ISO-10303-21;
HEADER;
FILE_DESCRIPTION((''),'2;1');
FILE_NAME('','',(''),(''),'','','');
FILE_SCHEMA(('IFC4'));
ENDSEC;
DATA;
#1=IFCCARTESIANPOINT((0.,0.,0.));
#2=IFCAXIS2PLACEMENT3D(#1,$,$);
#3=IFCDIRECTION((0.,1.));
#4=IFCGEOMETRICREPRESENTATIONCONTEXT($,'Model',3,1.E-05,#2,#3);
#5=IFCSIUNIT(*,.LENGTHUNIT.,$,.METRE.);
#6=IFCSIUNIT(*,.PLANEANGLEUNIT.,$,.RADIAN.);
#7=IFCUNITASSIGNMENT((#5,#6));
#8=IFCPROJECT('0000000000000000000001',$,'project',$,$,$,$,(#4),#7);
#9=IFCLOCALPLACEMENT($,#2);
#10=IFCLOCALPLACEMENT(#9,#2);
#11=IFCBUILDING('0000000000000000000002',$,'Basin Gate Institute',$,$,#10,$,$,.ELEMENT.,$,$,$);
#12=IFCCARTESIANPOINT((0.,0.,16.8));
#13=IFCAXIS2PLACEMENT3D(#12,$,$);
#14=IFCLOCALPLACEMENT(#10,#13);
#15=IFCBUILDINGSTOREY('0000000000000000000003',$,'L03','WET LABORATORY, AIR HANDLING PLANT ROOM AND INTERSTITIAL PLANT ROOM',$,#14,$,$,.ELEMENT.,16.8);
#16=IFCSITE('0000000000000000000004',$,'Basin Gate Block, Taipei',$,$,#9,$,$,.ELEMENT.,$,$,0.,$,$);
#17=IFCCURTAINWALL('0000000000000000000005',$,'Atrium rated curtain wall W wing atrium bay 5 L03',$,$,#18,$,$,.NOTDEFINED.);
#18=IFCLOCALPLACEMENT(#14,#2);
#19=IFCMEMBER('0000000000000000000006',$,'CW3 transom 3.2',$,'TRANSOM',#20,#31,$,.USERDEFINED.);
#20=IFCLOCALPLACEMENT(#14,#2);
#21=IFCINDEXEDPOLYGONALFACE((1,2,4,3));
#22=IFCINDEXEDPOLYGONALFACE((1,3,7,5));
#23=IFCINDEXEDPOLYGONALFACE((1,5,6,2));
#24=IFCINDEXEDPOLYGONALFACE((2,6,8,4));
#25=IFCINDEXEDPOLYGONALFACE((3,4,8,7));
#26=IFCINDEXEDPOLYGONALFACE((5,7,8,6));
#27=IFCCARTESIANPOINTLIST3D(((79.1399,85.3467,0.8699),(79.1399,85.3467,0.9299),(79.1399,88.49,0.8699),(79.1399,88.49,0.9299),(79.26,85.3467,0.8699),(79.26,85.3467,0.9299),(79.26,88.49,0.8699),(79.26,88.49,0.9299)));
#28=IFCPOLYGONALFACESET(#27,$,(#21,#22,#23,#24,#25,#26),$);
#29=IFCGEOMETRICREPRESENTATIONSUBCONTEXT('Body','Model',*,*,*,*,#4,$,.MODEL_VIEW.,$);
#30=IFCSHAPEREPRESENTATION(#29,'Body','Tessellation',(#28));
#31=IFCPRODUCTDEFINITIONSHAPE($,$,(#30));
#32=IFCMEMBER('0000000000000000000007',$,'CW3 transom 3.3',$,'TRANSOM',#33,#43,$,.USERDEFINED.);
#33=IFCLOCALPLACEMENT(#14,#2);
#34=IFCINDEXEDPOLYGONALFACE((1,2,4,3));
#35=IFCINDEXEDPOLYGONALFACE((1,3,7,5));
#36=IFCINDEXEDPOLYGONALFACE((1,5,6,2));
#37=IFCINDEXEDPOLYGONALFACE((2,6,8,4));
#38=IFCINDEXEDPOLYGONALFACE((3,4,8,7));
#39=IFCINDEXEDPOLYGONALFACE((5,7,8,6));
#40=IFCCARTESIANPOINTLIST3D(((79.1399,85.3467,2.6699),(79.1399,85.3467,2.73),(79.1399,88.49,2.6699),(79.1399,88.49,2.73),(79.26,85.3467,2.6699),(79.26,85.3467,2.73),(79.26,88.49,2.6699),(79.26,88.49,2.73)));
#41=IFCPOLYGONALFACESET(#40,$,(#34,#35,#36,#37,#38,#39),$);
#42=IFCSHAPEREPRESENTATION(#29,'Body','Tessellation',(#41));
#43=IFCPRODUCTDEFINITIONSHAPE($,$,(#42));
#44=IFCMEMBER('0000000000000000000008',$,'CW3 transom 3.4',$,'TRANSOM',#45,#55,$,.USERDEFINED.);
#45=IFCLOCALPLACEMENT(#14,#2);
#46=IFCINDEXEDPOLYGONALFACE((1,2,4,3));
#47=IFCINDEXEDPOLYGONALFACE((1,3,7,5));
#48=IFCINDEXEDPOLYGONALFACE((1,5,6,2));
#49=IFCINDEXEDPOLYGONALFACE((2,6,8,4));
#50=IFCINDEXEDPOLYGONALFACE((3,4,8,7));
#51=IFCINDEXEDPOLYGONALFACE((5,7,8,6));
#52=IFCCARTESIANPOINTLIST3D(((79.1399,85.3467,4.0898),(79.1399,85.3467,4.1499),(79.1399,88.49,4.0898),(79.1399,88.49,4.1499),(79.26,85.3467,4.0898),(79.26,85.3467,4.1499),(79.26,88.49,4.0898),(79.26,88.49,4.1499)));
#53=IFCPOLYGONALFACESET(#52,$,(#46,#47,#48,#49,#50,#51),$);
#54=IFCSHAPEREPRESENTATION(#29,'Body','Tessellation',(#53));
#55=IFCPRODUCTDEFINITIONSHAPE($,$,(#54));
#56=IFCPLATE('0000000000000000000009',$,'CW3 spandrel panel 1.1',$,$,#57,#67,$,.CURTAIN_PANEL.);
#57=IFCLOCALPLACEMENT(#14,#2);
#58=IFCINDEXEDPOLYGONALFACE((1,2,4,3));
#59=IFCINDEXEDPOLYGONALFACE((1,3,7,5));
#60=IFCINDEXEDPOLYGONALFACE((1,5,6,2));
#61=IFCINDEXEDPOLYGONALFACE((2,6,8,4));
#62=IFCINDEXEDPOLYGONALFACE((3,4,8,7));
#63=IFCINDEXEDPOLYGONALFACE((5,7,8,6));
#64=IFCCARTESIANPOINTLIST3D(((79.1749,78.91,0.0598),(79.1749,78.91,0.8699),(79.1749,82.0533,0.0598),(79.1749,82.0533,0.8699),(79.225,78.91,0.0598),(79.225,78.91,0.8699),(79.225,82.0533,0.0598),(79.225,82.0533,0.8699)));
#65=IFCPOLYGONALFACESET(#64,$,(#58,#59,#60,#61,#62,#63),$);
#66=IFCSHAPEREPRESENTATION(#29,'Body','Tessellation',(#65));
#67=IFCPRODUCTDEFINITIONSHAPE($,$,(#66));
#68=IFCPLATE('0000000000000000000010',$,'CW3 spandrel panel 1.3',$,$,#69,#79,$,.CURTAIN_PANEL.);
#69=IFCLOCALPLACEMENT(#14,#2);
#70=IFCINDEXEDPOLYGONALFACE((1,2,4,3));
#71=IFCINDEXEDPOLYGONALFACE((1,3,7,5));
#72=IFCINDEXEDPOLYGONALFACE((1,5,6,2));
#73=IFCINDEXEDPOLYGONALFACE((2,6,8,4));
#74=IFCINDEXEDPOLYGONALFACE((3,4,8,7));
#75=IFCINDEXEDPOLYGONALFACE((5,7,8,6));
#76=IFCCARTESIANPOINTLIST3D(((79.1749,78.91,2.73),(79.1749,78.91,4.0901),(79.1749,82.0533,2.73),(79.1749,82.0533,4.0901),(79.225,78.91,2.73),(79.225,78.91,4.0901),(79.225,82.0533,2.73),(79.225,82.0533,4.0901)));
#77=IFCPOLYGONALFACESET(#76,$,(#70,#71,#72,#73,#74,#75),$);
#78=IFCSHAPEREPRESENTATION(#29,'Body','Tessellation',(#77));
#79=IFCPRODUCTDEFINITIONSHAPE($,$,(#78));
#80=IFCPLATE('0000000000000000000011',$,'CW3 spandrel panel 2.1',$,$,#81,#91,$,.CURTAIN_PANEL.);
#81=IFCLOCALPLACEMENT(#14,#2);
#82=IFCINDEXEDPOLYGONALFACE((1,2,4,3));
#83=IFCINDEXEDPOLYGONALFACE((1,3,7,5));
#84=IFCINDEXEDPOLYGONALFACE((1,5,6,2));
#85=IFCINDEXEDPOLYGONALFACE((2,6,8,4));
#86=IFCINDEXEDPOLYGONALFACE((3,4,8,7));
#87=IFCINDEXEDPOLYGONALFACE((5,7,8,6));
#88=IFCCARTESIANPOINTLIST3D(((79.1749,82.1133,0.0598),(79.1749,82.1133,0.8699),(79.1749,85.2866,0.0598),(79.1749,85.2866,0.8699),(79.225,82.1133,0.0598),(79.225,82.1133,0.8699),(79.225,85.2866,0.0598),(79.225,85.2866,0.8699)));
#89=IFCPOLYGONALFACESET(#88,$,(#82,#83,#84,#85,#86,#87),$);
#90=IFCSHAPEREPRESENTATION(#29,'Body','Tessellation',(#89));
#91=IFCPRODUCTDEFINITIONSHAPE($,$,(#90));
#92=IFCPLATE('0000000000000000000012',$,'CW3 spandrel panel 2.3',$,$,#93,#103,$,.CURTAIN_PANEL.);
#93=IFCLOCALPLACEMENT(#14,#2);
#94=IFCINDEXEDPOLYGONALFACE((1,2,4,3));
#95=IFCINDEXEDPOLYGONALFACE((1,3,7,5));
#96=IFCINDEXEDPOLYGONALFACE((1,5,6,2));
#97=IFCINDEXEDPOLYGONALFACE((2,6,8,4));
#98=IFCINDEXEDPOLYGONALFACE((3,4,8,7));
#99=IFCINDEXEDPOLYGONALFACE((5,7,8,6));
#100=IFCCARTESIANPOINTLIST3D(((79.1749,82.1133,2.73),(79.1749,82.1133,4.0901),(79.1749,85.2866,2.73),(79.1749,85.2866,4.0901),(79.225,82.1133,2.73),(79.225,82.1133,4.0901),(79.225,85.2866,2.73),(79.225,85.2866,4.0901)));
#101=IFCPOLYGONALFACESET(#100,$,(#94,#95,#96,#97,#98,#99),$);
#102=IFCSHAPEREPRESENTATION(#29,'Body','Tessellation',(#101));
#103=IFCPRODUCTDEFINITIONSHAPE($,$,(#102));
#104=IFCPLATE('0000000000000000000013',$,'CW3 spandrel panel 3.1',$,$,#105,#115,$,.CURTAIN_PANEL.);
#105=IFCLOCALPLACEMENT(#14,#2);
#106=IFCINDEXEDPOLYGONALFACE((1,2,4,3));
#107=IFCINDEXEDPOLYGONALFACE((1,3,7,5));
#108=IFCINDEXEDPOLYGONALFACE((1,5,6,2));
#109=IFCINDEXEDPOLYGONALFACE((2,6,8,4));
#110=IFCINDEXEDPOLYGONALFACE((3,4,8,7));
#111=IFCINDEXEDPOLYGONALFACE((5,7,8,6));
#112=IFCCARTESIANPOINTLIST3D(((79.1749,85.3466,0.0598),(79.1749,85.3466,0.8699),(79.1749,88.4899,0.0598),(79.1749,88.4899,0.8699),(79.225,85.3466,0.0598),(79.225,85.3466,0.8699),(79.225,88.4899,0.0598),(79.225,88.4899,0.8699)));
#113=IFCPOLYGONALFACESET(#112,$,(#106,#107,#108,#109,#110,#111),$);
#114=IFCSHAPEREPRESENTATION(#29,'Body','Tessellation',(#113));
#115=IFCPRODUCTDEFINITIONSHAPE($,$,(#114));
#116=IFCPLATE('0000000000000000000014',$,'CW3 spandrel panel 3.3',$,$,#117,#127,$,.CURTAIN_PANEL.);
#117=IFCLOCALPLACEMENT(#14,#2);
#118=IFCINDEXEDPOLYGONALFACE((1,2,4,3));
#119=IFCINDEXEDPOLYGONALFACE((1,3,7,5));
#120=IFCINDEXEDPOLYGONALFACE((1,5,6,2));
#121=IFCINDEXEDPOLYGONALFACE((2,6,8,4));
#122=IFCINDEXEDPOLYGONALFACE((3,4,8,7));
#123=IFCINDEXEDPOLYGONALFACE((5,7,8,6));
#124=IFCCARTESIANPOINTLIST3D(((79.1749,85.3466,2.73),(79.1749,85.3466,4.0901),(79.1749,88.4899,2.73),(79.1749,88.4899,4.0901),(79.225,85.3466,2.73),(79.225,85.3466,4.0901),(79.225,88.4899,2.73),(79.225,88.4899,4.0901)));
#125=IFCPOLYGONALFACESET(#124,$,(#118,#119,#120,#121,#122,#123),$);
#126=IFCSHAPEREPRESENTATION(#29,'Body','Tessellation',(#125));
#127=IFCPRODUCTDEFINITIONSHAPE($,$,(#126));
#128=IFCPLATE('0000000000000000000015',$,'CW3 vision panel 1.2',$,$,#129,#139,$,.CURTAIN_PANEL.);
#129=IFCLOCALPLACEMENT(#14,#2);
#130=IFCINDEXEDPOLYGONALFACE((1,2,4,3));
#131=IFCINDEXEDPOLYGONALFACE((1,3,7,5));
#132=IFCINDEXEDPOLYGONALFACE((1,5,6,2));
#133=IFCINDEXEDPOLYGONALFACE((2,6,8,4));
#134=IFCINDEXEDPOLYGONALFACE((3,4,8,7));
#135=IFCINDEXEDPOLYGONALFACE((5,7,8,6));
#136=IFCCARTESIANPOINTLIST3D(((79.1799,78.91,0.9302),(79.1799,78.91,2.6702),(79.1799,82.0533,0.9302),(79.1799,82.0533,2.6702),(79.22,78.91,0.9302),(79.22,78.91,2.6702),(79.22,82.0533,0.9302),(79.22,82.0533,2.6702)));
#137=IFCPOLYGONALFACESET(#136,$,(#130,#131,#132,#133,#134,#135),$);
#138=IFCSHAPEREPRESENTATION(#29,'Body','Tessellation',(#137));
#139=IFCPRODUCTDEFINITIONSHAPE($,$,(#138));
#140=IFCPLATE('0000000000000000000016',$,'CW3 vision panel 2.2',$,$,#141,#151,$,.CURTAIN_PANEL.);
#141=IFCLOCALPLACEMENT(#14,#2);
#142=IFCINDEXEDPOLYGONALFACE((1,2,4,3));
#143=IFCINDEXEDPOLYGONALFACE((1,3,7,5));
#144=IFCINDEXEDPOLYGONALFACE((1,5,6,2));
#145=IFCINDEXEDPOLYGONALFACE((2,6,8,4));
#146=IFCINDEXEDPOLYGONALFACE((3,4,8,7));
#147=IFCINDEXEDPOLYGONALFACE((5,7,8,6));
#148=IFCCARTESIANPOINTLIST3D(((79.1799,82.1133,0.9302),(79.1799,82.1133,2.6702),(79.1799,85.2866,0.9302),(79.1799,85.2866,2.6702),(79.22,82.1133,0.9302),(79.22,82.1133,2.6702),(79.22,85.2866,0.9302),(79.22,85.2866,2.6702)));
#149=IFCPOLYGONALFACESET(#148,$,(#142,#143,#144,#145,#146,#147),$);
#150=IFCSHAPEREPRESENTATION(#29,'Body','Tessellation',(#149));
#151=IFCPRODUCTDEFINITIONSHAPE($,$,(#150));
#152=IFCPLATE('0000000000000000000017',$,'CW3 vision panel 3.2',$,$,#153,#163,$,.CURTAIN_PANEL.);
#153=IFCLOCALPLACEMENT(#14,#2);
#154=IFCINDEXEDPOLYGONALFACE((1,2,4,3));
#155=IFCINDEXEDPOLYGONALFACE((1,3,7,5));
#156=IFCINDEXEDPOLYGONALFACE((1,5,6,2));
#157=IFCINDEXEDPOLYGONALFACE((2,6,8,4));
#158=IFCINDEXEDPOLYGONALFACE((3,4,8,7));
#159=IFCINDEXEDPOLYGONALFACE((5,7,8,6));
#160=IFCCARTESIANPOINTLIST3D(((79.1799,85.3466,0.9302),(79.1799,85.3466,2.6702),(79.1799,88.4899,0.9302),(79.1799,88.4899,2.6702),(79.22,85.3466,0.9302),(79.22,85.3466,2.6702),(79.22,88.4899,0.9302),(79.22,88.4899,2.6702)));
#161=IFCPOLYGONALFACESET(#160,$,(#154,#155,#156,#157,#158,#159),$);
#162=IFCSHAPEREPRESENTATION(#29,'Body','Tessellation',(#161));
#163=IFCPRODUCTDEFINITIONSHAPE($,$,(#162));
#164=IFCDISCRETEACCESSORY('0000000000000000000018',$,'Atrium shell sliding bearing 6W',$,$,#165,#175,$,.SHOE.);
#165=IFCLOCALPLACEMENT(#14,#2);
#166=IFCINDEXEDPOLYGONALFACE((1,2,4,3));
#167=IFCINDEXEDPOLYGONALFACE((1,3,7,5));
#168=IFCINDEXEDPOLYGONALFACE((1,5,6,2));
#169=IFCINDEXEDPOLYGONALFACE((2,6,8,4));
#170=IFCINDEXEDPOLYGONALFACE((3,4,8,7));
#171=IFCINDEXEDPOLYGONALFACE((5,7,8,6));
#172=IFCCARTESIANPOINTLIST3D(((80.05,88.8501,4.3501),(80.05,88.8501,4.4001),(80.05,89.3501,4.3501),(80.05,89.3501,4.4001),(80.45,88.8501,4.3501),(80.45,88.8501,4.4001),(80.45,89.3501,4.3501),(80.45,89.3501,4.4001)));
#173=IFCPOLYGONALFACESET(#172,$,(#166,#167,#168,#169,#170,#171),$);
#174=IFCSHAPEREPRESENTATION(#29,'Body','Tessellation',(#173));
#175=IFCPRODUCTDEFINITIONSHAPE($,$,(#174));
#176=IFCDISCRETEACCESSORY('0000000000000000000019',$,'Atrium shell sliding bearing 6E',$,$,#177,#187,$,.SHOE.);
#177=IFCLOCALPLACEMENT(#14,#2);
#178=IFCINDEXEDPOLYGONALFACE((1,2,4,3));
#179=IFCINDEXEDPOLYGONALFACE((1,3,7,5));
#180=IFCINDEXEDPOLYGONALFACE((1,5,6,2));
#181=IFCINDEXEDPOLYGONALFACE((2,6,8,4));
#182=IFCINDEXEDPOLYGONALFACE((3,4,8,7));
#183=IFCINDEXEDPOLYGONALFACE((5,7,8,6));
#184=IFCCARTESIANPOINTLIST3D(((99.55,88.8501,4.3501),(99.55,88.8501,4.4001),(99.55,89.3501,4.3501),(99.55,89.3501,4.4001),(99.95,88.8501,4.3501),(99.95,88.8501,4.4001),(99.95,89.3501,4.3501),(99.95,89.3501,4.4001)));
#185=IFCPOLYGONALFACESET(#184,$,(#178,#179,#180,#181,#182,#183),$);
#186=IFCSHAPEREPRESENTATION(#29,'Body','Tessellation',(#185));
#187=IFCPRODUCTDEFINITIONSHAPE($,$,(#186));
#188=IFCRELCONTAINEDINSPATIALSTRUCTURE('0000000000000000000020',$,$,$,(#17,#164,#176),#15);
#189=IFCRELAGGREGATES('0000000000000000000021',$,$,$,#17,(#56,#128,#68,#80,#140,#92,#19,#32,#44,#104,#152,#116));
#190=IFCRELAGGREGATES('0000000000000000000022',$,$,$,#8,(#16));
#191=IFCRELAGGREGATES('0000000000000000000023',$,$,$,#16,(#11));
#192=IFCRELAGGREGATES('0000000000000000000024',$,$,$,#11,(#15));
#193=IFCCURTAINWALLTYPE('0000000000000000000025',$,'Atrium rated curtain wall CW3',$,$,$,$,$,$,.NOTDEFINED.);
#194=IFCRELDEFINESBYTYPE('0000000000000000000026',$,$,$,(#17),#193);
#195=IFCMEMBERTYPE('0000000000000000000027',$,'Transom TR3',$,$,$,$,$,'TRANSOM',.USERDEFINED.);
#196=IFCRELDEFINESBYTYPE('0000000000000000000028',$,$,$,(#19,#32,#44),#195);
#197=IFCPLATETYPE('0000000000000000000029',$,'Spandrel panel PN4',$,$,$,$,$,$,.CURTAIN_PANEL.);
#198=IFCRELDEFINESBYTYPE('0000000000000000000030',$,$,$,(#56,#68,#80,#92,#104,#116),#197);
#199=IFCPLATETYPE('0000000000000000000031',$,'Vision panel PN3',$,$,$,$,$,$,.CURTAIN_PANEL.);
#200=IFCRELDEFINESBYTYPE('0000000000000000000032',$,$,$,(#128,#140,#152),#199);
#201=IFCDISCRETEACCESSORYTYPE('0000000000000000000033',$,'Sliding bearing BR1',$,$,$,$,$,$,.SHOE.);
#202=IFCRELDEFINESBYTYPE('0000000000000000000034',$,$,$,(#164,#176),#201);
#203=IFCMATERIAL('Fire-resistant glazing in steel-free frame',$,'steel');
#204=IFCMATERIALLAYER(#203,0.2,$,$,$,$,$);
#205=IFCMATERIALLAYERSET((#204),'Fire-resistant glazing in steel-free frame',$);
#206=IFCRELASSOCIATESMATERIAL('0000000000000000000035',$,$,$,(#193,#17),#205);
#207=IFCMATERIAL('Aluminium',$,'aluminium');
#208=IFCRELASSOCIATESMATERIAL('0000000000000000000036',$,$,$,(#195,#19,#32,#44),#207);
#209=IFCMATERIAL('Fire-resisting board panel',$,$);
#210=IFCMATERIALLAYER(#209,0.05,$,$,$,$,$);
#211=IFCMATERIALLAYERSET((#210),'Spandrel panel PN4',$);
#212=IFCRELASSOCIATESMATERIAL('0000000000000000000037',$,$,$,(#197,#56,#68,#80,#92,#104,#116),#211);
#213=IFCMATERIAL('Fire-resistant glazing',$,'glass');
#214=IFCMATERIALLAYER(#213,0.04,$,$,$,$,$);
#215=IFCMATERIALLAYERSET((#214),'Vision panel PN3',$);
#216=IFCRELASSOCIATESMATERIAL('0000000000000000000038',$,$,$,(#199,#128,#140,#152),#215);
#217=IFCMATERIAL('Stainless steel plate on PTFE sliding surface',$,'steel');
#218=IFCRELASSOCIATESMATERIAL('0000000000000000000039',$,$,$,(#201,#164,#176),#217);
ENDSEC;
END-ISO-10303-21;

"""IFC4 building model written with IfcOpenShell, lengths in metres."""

from ifc_helpers import new_model, si_unit, direction, frame, origin, origin_2d, place, context, subcontext, project, spatial, rectangle, extrude, material, layer, layer_set, material_profile, profile_set, type_object, element, aggregate, save


model = new_model("IFC4")

# Units and contexts
model_context = context("Model", 3, precision=1e-05, world=origin(), true_north=direction((0.0, 1.0)))
body_context = subcontext(model_context, "Body", "Model", "MODEL_VIEW")
ifc_project = project(units=[si_unit("LENGTHUNIT", "METRE"), si_unit("PLANEANGLEUNIT", "RADIAN")], contexts=[model_context])

# Site, building, storey
site_placement = place(None, origin())
site = spatial("IfcSite", under=ifc_project, at=site_placement, Name="Basin Gate Block, Taipei", CompositionType="ELEMENT", RefElevation=0.0)
building_placement = place(site_placement, origin())
building = spatial("IfcBuilding", under=site, at=building_placement, Name="Basin Gate Institute", CompositionType="ELEMENT")
storey_placement = place(building_placement, frame((0.0, 0.0, 16.8)))
storey = spatial("IfcBuildingStorey", under=building, at=storey_placement, Name="L03", Description="WET LABORATORY, AIR HANDLING PLANT ROOM AND INTERSTITIAL PLANT ROOM", CompositionType="ELEMENT", Elevation=16.8)

# Curtain wall, members, plates
ifc_material_1 = material(Name="Fire-resistant glazing in steel-free frame", Category="steel")
ifc_layer_1 = layer(ifc_material_1, 0.2)
ifc_layer_set_1 = layer_set([ifc_layer_1], Name="Fire-resistant glazing in steel-free frame")
curtain_wall_type = type_object("IfcCurtainWallType", Name="Atrium rated curtain wall CW3", PredefinedType="NOTDEFINED", material=ifc_layer_set_1)
curtain_wall_placement = place(storey_placement, origin())
curtain_wall = element("IfcCurtainWall", 1, at=curtain_wall_placement, inside=storey, type_object=curtain_wall_type, material=ifc_layer_set_1, Name="Atrium rated curtain wall W wing atrium bay 5 L03", PredefinedType="NOTDEFINED")
ifc_material_2 = material(Name="Aluminium", Category="aluminium")
ifc_material_profile_1 = material_profile(ifc_material_2, rectangle(XDim=0.1201, YDim=0.0601, at=origin_2d()), Name="Transom TR3 120 x 60")
ifc_profile_set_1 = profile_set([ifc_material_profile_1], Name="Aluminium")
member_type_1 = type_object("IfcMemberType", Name="Transom TR3", ElementType="TRANSOM", PredefinedType="USERDEFINED", material=ifc_profile_set_1)
member_1_placement = place(storey_placement, frame((79.2, 85.3467, 0.8999), z_axis=(0.0, 1.0, 0.0), x_axis=(-1.0, 0.0, 0.0)))
member_1 = element("IfcMember", 2, at=member_1_placement, type_object=member_type_1, material=ifc_profile_set_1, Name="CW3 transom 3.2", ObjectType="TRANSOM", PredefinedType="USERDEFINED", context=body_context, shape_type="SweptSolid", body=[
    extrude(rectangle(XDim=0.1201, YDim=0.0601, at=origin_2d()), origin(), (0.0, 0.0, 1.0), 3.1433),
])
member_2_placement = place(storey_placement, frame((79.2, 85.3467, 2.7), z_axis=(0.0, 1.0, 0.0), x_axis=(-1.0, 0.0, 0.0)))
member_2 = element("IfcMember", 3, at=member_2_placement, type_object=member_type_1, material=ifc_profile_set_1, Name="CW3 transom 3.3", ObjectType="TRANSOM", PredefinedType="USERDEFINED", context=body_context, shape_type="SweptSolid", body=[
    extrude(rectangle(XDim=0.1201, YDim=0.0601, at=origin_2d()), origin(), (0.0, 0.0, 1.0), 3.1433),
])
member_3_placement = place(storey_placement, frame((79.2, 85.3467, 4.1199), z_axis=(0.0, 1.0, 0.0), x_axis=(-1.0, 0.0, 0.0)))
member_3 = element("IfcMember", 4, at=member_3_placement, type_object=member_type_1, material=ifc_profile_set_1, Name="CW3 transom 3.4", ObjectType="TRANSOM", PredefinedType="USERDEFINED", context=body_context, shape_type="SweptSolid", body=[
    extrude(rectangle(XDim=0.1201, YDim=0.0601, at=origin_2d()), origin(), (0.0, 0.0, 1.0), 3.1433),
])
ifc_material_3 = material(Name="Fire-resisting board panel")
ifc_layer_2 = layer(ifc_material_3, 0.05)
ifc_layer_set_2 = layer_set([ifc_layer_2], Name="Spandrel panel PN4")
plate_type_1 = type_object("IfcPlateType", Name="Spandrel panel PN4", PredefinedType="CURTAIN_PANEL", material=ifc_layer_set_2)
plate_1_placement = place(storey_placement, frame((79.2, 80.4817, 0.0598), z_axis=(0.0, 0.0, 1.0), x_axis=(0.0, 1.0, 0.0)))
plate_1 = element("IfcPlate", 5, at=plate_1_placement, type_object=plate_type_1, material=ifc_layer_set_2, Name="CW3 spandrel panel 1.1", PredefinedType="CURTAIN_PANEL", context=body_context, shape_type="SweptSolid", body=[
    extrude(rectangle(XDim=3.1433, YDim=0.05, at=origin_2d()), origin(), (0.0, 0.0, 1.0), 0.8101),
])
plate_2_placement = place(storey_placement, frame((79.2, 80.4817, 2.73), z_axis=(0.0, 0.0, 1.0), x_axis=(0.0, 1.0, 0.0)))
plate_2 = element("IfcPlate", 6, at=plate_2_placement, type_object=plate_type_1, material=ifc_layer_set_2, Name="CW3 spandrel panel 1.3", PredefinedType="CURTAIN_PANEL", context=body_context, shape_type="SweptSolid", body=[
    extrude(rectangle(XDim=3.1433, YDim=0.05, at=origin_2d()), origin(), (0.0, 0.0, 1.0), 1.3601),
])
plate_3_placement = place(storey_placement, frame((79.2, 83.7, 0.0598), z_axis=(0.0, 0.0, 1.0), x_axis=(0.0, 1.0, 0.0)))
plate_3 = element("IfcPlate", 7, at=plate_3_placement, type_object=plate_type_1, material=ifc_layer_set_2, Name="CW3 spandrel panel 2.1", PredefinedType="CURTAIN_PANEL", context=body_context, shape_type="SweptSolid", body=[
    extrude(rectangle(XDim=3.1733, YDim=0.05, at=origin_2d()), origin(), (0.0, 0.0, 1.0), 0.8101),
])
plate_4_placement = place(storey_placement, frame((79.2, 83.7, 2.73), z_axis=(0.0, 0.0, 1.0), x_axis=(0.0, 1.0, 0.0)))
plate_4 = element("IfcPlate", 8, at=plate_4_placement, type_object=plate_type_1, material=ifc_layer_set_2, Name="CW3 spandrel panel 2.3", PredefinedType="CURTAIN_PANEL", context=body_context, shape_type="SweptSolid", body=[
    extrude(rectangle(XDim=3.1733, YDim=0.05, at=origin_2d()), origin(), (0.0, 0.0, 1.0), 1.3601),
])
plate_5_placement = place(storey_placement, frame((79.2, 86.9182, 0.0598), z_axis=(0.0, 0.0, 1.0), x_axis=(0.0, 1.0, 0.0)))
plate_5 = element("IfcPlate", 9, at=plate_5_placement, type_object=plate_type_1, material=ifc_layer_set_2, Name="CW3 spandrel panel 3.1", PredefinedType="CURTAIN_PANEL", context=body_context, shape_type="SweptSolid", body=[
    extrude(rectangle(XDim=3.1433, YDim=0.05, at=origin_2d()), origin(), (0.0, 0.0, 1.0), 0.8101),
])
plate_6_placement = place(storey_placement, frame((79.2, 86.9182, 2.73), z_axis=(0.0, 0.0, 1.0), x_axis=(0.0, 1.0, 0.0)))
plate_6 = element("IfcPlate", 10, at=plate_6_placement, type_object=plate_type_1, material=ifc_layer_set_2, Name="CW3 spandrel panel 3.3", PredefinedType="CURTAIN_PANEL", context=body_context, shape_type="SweptSolid", body=[
    extrude(rectangle(XDim=3.1433, YDim=0.05, at=origin_2d()), origin(), (0.0, 0.0, 1.0), 1.3601),
])
ifc_material_4 = material(Name="Fire-resistant glazing", Category="glass")
ifc_layer_3 = layer(ifc_material_4, 0.04)
ifc_layer_set_3 = layer_set([ifc_layer_3], Name="Vision panel PN3")
plate_type_2 = type_object("IfcPlateType", Name="Vision panel PN3", PredefinedType="CURTAIN_PANEL", material=ifc_layer_set_3)
plate_7_placement = place(storey_placement, frame((79.2, 80.4817, 0.9302), z_axis=(0.0, 0.0, 1.0), x_axis=(0.0, 1.0, 0.0)))
plate_7 = element("IfcPlate", 11, at=plate_7_placement, type_object=plate_type_2, material=ifc_layer_set_3, Name="CW3 vision panel 1.2", PredefinedType="CURTAIN_PANEL", context=body_context, shape_type="SweptSolid", body=[
    extrude(rectangle(XDim=3.1433, YDim=0.04, at=origin_2d()), origin(), (0.0, 0.0, 1.0), 1.74),
])
plate_8_placement = place(storey_placement, frame((79.2, 83.7, 0.9302), z_axis=(0.0, 0.0, 1.0), x_axis=(0.0, 1.0, 0.0)))
plate_8 = element("IfcPlate", 12, at=plate_8_placement, type_object=plate_type_2, material=ifc_layer_set_3, Name="CW3 vision panel 2.2", PredefinedType="CURTAIN_PANEL", context=body_context, shape_type="SweptSolid", body=[
    extrude(rectangle(XDim=3.1733, YDim=0.04, at=origin_2d()), origin(), (0.0, 0.0, 1.0), 1.74),
])
plate_9_placement = place(storey_placement, frame((79.2, 86.9182, 0.9302), z_axis=(0.0, 0.0, 1.0), x_axis=(0.0, 1.0, 0.0)))
plate_9 = element("IfcPlate", 13, at=plate_9_placement, type_object=plate_type_2, material=ifc_layer_set_3, Name="CW3 vision panel 3.2", PredefinedType="CURTAIN_PANEL", context=body_context, shape_type="SweptSolid", body=[
    extrude(rectangle(XDim=3.1433, YDim=0.04, at=origin_2d()), origin(), (0.0, 0.0, 1.0), 1.74),
])
aggregate(curtain_wall, [plate_1, plate_7, plate_2, plate_3, plate_8, plate_4, member_1, member_2, member_3, plate_5, plate_9, plate_6])

# Discrete accessories
ifc_material_5 = material(Name="Stainless steel plate on PTFE sliding surface", Category="steel")
discrete_accessory_type = type_object("IfcDiscreteAccessoryType", Name="Sliding bearing BR1", PredefinedType="SHOE", material=ifc_material_5)
for number, where, z_axis, x_axis, name in (
    (14, (80.25, 89.1001, 4.3501), (0.0, 0.0, 1.0), (1.0, 0.0, 0.0), "Atrium shell sliding bearing 6W"),
    (15, (99.75, 89.1001, 4.3501), (0.0, 0.0, 1.0), (1.0, 0.0, 0.0), "Atrium shell sliding bearing 6E"),
):
    element("IfcDiscreteAccessory", number, at=place(storey_placement, frame(where, z_axis=z_axis, x_axis=x_axis)), inside=storey, type_object=discrete_accessory_type, material=ifc_material_5, Name=name, PredefinedType="SHOE", context=body_context, shape_type="SweptSolid", body=[
        extrude(rectangle(XDim=0.3999, YDim=0.5, at=origin_2d()), origin(), (0.0, 0.0, 1.0), 0.05),
    ])

save(model, "model.ifc")
